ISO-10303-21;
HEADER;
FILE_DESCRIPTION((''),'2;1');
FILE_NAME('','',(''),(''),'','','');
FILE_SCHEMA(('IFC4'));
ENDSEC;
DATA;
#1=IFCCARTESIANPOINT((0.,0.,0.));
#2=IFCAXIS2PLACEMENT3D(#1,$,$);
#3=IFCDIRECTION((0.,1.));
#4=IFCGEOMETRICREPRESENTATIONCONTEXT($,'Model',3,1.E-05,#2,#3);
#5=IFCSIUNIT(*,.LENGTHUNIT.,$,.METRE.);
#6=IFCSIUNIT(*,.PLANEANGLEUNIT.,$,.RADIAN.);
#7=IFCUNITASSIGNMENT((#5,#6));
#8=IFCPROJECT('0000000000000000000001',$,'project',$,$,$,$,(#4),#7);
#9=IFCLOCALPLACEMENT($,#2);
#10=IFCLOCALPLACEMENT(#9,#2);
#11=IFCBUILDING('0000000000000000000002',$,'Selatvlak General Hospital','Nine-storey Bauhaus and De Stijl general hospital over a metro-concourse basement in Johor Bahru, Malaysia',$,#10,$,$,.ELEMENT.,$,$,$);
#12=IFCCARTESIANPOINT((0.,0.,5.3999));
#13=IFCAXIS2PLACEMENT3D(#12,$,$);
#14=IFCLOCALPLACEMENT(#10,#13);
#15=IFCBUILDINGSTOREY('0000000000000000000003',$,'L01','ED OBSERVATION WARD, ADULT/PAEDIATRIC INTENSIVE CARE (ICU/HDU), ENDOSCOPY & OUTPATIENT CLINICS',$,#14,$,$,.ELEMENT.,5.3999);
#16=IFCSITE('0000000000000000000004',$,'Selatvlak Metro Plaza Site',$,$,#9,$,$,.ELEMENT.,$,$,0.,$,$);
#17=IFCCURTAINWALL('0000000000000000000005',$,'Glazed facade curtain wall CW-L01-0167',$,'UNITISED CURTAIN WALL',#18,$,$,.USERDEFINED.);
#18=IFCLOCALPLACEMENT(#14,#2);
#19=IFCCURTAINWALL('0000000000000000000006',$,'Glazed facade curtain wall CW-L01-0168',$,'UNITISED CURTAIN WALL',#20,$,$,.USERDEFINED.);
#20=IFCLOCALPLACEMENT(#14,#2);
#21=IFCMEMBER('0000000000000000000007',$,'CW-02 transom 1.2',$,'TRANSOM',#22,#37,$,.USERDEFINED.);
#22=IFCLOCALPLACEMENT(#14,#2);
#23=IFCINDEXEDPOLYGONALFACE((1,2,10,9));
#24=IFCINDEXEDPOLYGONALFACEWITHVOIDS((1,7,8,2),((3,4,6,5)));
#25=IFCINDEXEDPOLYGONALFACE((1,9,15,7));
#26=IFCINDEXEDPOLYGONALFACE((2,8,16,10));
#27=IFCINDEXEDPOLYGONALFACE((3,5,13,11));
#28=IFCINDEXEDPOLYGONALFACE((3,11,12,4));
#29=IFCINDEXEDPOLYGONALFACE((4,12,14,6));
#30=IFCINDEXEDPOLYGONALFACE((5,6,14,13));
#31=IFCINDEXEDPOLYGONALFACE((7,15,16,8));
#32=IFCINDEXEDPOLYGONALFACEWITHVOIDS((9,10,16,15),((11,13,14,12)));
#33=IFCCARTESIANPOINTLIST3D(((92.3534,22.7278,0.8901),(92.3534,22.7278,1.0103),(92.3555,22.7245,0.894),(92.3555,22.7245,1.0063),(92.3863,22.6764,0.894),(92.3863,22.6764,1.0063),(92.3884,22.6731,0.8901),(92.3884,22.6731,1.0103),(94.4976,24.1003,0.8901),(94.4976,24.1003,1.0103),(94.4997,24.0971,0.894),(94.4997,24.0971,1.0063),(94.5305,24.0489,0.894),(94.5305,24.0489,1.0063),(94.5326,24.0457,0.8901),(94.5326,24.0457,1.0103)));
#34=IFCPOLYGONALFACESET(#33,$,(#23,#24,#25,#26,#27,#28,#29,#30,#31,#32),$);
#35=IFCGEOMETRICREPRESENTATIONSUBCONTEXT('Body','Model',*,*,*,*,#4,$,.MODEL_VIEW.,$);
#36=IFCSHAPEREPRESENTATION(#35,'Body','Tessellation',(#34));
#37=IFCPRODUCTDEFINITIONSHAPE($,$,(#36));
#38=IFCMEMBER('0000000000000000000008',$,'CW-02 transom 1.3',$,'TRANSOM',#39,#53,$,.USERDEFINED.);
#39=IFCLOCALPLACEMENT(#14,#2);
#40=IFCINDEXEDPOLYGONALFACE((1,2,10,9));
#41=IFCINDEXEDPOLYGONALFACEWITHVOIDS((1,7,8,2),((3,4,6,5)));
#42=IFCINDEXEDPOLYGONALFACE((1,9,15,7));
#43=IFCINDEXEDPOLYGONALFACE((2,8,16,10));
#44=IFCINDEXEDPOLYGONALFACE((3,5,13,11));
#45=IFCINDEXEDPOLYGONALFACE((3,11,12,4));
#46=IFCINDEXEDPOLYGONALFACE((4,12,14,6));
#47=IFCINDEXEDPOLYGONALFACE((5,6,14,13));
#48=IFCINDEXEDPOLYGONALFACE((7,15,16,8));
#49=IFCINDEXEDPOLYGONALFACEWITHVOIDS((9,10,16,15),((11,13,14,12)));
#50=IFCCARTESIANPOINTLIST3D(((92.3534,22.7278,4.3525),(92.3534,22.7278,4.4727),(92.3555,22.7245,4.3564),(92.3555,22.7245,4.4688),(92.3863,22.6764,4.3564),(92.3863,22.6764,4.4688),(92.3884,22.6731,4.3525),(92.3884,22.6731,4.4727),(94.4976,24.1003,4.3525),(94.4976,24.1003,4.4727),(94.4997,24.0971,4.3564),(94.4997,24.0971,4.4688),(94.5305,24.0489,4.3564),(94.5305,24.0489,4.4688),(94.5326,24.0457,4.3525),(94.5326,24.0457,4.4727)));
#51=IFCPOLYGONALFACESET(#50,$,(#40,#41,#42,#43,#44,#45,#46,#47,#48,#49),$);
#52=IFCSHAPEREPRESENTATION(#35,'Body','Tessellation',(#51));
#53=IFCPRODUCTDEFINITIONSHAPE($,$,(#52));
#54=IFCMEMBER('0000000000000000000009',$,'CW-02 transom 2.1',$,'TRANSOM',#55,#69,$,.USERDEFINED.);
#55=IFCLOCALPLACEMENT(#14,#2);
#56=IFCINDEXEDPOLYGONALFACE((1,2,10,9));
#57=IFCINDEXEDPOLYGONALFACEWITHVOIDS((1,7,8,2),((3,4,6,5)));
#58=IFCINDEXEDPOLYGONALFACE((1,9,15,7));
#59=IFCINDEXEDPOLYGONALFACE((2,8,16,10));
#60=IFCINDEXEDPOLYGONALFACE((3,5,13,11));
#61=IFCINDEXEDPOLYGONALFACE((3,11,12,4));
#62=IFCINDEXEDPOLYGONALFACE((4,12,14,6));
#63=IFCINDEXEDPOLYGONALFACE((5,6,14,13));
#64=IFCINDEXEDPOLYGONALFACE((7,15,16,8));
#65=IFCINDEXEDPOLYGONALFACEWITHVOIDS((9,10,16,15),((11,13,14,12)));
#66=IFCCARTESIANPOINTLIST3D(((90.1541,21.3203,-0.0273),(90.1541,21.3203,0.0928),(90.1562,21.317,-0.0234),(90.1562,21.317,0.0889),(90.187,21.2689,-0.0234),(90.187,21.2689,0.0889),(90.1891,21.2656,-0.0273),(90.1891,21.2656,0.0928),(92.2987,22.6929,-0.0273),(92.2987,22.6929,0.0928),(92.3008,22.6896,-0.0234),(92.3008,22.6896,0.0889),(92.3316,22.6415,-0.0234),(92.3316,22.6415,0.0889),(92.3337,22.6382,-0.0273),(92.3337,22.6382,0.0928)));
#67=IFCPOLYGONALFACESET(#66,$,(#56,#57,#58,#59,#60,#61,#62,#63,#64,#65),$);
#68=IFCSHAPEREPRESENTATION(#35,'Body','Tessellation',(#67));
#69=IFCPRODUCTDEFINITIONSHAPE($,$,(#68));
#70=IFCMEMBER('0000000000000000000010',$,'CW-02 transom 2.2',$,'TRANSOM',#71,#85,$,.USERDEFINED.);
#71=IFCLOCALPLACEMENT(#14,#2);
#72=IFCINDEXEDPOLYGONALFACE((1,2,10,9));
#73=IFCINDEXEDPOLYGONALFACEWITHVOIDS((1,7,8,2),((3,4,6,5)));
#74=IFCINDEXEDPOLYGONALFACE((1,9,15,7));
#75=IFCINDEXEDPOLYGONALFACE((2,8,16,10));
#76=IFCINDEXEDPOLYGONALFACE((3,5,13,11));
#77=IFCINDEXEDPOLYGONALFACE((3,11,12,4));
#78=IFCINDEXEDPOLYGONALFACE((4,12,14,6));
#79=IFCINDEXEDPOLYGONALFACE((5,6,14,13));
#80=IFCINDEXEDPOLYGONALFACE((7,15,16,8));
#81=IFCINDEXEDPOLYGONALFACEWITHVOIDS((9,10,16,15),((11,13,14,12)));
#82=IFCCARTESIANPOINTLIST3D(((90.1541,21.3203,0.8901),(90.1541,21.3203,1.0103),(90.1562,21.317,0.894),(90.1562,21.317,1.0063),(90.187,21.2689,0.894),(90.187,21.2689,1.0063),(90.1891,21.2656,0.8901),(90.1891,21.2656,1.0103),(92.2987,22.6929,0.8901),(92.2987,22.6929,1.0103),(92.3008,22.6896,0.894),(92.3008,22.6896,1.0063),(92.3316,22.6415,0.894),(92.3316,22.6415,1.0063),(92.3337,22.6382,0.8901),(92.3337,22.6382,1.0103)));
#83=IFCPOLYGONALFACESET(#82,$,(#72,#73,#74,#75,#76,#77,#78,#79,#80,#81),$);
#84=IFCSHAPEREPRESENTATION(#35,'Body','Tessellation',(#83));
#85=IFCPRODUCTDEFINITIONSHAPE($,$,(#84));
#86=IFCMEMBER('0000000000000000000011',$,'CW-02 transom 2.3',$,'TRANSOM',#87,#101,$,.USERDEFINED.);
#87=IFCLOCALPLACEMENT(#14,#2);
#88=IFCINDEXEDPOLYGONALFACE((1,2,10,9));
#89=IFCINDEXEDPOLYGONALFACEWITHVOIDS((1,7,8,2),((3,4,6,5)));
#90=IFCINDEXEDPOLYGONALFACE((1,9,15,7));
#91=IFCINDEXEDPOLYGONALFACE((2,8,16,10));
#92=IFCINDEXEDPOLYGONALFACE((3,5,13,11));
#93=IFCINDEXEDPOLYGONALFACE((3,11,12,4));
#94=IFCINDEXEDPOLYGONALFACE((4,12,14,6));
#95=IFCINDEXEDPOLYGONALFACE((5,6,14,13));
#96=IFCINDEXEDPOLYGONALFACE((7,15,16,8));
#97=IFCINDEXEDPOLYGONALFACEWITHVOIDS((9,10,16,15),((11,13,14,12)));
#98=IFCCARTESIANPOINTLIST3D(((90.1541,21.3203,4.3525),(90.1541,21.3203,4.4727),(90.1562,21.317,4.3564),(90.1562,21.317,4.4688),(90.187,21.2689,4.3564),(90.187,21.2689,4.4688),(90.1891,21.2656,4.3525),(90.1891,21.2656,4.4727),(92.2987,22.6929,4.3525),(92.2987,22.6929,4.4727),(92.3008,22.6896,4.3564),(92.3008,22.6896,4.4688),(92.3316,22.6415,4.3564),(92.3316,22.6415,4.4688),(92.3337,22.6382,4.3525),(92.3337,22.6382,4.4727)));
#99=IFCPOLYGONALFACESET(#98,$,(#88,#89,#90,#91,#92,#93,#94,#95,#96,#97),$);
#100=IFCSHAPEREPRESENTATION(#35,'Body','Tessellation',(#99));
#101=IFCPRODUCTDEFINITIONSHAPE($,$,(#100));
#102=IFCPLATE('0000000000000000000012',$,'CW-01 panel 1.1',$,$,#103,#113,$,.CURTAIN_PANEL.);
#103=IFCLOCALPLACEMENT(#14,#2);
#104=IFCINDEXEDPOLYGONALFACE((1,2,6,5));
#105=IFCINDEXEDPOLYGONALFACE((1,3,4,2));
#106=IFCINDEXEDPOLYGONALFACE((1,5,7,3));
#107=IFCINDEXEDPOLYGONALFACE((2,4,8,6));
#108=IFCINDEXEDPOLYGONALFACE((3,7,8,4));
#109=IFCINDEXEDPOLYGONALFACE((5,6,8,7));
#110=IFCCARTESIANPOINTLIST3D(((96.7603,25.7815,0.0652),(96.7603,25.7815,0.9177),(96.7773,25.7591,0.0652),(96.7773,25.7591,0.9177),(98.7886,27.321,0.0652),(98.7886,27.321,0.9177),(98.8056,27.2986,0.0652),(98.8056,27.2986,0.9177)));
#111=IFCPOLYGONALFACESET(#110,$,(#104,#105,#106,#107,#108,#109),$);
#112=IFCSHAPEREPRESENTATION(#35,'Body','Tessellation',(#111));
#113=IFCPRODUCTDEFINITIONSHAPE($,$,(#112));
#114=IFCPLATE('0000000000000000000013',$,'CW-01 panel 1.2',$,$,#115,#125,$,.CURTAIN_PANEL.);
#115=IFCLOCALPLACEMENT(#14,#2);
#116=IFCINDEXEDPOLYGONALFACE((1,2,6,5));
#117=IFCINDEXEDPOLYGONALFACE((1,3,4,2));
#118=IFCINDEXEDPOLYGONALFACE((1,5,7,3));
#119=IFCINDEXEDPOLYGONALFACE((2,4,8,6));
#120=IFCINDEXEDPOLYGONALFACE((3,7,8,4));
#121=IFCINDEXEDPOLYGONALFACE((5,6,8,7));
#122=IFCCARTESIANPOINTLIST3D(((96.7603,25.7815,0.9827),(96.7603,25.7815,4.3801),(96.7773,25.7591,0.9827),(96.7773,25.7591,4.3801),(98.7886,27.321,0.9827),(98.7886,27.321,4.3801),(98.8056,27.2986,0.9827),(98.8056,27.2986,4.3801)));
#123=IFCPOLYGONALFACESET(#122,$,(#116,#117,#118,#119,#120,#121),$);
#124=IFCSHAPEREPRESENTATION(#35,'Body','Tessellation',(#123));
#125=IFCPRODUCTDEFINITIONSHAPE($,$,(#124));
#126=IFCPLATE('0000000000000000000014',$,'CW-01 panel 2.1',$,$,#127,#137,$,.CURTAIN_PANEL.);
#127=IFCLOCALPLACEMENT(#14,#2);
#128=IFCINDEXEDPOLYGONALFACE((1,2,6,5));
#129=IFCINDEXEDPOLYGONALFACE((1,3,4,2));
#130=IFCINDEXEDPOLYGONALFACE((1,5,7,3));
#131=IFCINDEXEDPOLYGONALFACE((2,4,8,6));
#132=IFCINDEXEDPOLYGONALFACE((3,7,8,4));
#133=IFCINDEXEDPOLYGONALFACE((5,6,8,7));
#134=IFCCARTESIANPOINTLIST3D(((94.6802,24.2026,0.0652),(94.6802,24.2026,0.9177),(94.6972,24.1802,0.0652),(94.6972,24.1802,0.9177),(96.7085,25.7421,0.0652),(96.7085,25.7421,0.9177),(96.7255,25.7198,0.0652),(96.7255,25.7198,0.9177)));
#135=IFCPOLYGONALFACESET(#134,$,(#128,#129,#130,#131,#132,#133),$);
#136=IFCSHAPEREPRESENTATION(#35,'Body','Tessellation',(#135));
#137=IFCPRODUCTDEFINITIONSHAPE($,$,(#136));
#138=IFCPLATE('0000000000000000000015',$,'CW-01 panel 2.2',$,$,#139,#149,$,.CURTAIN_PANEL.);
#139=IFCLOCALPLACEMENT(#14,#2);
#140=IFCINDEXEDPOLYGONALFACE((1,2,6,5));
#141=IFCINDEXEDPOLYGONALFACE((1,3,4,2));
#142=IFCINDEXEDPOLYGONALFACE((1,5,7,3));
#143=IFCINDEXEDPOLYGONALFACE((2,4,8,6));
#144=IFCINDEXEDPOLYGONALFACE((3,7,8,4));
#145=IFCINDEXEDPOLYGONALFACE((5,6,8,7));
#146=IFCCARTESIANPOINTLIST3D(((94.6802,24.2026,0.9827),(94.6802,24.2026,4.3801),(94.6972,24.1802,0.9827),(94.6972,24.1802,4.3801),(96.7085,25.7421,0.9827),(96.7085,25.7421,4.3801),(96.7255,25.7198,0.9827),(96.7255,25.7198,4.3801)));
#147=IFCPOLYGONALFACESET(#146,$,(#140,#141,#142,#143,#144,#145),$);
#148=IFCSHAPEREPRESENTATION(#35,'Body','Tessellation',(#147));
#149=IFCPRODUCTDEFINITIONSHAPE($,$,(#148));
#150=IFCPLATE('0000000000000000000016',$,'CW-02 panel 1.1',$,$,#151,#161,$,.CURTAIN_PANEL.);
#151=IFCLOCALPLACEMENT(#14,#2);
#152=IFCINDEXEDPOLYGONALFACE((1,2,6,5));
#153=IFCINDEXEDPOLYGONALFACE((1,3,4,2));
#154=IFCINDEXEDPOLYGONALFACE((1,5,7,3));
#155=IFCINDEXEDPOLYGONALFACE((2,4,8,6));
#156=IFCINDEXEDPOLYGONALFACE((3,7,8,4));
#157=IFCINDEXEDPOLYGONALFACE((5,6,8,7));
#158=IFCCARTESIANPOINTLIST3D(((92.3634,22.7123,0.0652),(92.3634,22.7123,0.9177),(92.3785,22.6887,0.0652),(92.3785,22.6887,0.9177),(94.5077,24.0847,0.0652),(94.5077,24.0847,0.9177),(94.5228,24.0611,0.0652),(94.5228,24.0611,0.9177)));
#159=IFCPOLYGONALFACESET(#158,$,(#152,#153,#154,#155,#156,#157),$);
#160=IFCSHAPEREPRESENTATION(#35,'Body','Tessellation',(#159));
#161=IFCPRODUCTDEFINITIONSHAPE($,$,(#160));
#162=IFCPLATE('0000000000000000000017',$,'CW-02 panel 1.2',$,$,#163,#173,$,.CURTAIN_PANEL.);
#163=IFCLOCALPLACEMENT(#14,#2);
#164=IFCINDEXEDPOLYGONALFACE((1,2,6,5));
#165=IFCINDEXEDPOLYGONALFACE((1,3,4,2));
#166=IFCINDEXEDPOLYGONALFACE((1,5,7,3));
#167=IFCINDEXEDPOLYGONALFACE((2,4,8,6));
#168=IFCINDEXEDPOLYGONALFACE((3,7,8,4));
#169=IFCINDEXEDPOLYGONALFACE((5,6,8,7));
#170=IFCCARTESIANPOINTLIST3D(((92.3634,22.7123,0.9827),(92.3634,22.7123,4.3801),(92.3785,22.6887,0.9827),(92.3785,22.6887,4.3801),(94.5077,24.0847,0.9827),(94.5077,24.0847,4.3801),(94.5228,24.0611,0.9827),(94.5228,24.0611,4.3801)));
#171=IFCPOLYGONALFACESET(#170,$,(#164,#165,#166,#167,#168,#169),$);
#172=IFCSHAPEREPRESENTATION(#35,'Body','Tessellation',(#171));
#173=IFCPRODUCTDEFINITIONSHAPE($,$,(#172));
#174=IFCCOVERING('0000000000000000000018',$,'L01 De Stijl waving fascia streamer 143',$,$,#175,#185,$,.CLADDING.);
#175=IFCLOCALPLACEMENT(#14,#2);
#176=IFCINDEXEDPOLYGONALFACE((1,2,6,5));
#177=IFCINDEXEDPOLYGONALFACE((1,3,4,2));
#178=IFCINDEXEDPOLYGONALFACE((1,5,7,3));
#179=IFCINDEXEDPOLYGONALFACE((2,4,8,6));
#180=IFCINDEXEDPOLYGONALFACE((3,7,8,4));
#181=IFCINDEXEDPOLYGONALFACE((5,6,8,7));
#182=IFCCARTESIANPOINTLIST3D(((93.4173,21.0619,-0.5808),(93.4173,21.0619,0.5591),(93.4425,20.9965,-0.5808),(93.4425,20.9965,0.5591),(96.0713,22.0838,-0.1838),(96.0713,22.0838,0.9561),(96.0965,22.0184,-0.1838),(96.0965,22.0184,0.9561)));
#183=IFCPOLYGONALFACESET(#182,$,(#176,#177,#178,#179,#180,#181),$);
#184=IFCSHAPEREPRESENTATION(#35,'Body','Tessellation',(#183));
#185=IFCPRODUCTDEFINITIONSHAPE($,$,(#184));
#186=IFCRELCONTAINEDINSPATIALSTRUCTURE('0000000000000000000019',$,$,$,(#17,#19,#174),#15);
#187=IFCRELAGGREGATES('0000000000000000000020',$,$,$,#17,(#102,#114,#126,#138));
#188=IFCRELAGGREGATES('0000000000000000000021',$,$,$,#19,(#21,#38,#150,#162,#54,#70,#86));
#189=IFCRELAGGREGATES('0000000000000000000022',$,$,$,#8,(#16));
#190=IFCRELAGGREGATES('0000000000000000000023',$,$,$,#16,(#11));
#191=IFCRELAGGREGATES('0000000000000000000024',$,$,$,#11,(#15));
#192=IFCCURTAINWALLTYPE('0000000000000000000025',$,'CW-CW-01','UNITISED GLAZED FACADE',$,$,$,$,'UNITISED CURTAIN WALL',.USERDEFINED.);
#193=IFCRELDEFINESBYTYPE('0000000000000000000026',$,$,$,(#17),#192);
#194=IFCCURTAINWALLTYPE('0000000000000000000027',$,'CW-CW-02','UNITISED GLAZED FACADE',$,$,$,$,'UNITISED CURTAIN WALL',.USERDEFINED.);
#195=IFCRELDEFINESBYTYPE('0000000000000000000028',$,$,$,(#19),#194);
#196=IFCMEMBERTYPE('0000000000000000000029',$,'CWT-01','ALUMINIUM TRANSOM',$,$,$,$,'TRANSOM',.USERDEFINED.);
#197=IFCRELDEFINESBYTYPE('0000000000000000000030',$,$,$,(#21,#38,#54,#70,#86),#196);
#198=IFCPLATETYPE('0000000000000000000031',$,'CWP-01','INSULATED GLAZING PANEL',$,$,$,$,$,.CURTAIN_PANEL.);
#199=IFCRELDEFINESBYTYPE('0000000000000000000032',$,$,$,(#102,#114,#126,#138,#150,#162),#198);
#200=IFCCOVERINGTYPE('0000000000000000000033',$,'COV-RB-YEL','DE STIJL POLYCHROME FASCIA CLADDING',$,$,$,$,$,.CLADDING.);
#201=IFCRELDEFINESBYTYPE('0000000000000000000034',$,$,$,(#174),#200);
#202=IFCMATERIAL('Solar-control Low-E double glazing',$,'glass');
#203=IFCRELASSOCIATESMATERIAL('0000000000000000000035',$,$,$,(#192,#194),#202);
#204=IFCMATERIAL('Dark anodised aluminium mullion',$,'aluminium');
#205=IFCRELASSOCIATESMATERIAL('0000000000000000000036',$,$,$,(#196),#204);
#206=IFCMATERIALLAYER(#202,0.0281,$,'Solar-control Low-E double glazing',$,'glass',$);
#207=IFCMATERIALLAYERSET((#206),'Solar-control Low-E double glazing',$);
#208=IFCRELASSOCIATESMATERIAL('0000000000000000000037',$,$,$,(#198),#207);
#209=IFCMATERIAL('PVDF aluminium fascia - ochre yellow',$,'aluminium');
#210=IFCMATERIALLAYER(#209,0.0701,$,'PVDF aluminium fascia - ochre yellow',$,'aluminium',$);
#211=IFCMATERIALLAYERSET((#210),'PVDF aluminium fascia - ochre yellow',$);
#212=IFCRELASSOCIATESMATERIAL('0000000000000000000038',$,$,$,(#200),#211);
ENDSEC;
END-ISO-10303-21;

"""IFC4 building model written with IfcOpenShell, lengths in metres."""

from ifc_helpers import new_model, si_unit, direction, frame, origin, origin_2d, place, context, subcontext, project, spatial, polyline, rectangle, hollow_rectangle, outline, extrude, material, layer, layer_set, material_profile, profile_set, type_object, element, aggregate, save


model = new_model("IFC4")

# Units and contexts
model_context = context("Model", 3, precision=1e-05, world=origin(), true_north=direction((0.0, 1.0)))
body_context = subcontext(model_context, "Body", "Model", "MODEL_VIEW")
ifc_project = project(units=[si_unit("LENGTHUNIT", "METRE"), si_unit("PLANEANGLEUNIT", "RADIAN")], contexts=[model_context])

# Site, building, storey
site_placement = place(None, origin())
site = spatial("IfcSite", under=ifc_project, at=site_placement, Name="Selatvlak Metro Plaza Site", CompositionType="ELEMENT", RefElevation=0.0)
building_placement = place(site_placement, origin())
building = spatial("IfcBuilding", under=site, at=building_placement, Name="Selatvlak General Hospital", Description="Nine-storey Bauhaus and De Stijl general hospital over a metro-concourse basement in Johor Bahru, Malaysia", CompositionType="ELEMENT")
storey_placement = place(building_placement, frame((0.0, 0.0, 5.3999)))
storey = spatial("IfcBuildingStorey", under=building, at=storey_placement, Name="L01", Description="ED OBSERVATION WARD, ADULT/PAEDIATRIC INTENSIVE CARE (ICU/HDU), ENDOSCOPY & OUTPATIENT CLINICS", CompositionType="ELEMENT", Elevation=5.3999)

# Curtain walls
ifc_material_1 = material(Name="Solar-control Low-E double glazing", Category="glass")
curtain_wall_type_1 = type_object("IfcCurtainWallType", Name="CW-CW-01", Description="UNITISED GLAZED FACADE", ElementType="UNITISED CURTAIN WALL", PredefinedType="USERDEFINED", material=ifc_material_1)
curtain_wall_1_placement = place(storey_placement, origin())
curtain_wall_1 = element("IfcCurtainWall", 1, at=curtain_wall_1_placement, inside=storey, type_object=curtain_wall_type_1, Name="Glazed facade curtain wall CW-L01-0167", ObjectType="UNITISED CURTAIN WALL", PredefinedType="USERDEFINED")
ifc_material_2 = material(Name="Dark anodised aluminium mullion", Category="aluminium")
curtain_wall_type_2 = type_object("IfcCurtainWallType", Name="CW-CW-02", Description="UNITISED GLAZED FACADE", ElementType="UNITISED CURTAIN WALL", PredefinedType="USERDEFINED", material=ifc_material_1)
curtain_wall_2_placement = place(storey_placement, origin())
curtain_wall_2 = element("IfcCurtainWall", 2, at=curtain_wall_2_placement, inside=storey, type_object=curtain_wall_type_2, Name="Glazed facade curtain wall CW-L01-0168", ObjectType="UNITISED CURTAIN WALL", PredefinedType="USERDEFINED")

# Members
ifc_material_profile_1 = material_profile(ifc_material_2, hollow_rectangle(XDim=0.0649, YDim=0.1201, WallThickness=0.0039, at=origin_2d()), Name="AL-TRN 65x120x4")
ifc_profile_set_1 = profile_set([ifc_material_profile_1], Name="Dark anodised aluminium mullion")
member_type_1 = type_object("IfcMemberType", Name="CWT-01", Description="ALUMINIUM TRANSOM", ElementType="TRANSOM", PredefinedType="USERDEFINED", material=ifc_profile_set_1)
member_1_placement = place(storey_placement, frame((94.5151, 24.073, 0.9502), z_axis=(-0.842233, -0.539114, 0.0), x_axis=(0.539114, -0.842233, 0.0)))
member_1 = element("IfcMember", 3, at=member_1_placement, type_object=member_type_1, Name="CW-02 transom 1.2", ObjectType="TRANSOM", PredefinedType="USERDEFINED", context=body_context, shape_type="SweptSolid", body=[
    extrude(hollow_rectangle(XDim=0.0649, YDim=0.1201, WallThickness=0.0039, at=origin_2d()), origin(), (0.0, 0.0, 1.0), 2.5459),
])
member_2_placement = place(storey_placement, frame((94.5151, 24.073, 4.4126), z_axis=(-0.842233, -0.539114, 0.0), x_axis=(0.539114, -0.842233, 0.0)))
member_2 = element("IfcMember", 4, at=member_2_placement, type_object=member_type_1, Name="CW-02 transom 1.3", ObjectType="TRANSOM", PredefinedType="USERDEFINED", context=body_context, shape_type="SweptSolid", body=[
    extrude(hollow_rectangle(XDim=0.0649, YDim=0.1201, WallThickness=0.0039, at=origin_2d()), origin(), (0.0, 0.0, 1.0), 2.5459),
])
member_3_placement = place(storey_placement, frame((92.3162, 22.6655, 0.0327), z_axis=(-0.842261, -0.53907, 0.0), x_axis=(0.53907, -0.842261, 0.0)))
member_3 = element("IfcMember", 5, at=member_3_placement, type_object=member_type_1, Name="CW-02 transom 2.1", ObjectType="TRANSOM", PredefinedType="USERDEFINED", context=body_context, shape_type="SweptSolid", body=[
    extrude(hollow_rectangle(XDim=0.0649, YDim=0.1201, WallThickness=0.0039, at=origin_2d()), origin(), (0.0, 0.0, 1.0), 2.5461),
])
member_4_placement = place(storey_placement, frame((92.3162, 22.6655, 0.9502), z_axis=(-0.842261, -0.53907, 0.0), x_axis=(0.53907, -0.842261, 0.0)))
member_4 = element("IfcMember", 6, at=member_4_placement, type_object=member_type_1, Name="CW-02 transom 2.2", ObjectType="TRANSOM", PredefinedType="USERDEFINED", context=body_context, shape_type="SweptSolid", body=[
    extrude(hollow_rectangle(XDim=0.0649, YDim=0.1201, WallThickness=0.0039, at=origin_2d()), origin(), (0.0, 0.0, 1.0), 2.5461),
])
member_5_placement = place(storey_placement, frame((92.3162, 22.6655, 4.4126), z_axis=(-0.842261, -0.53907, 0.0), x_axis=(0.53907, -0.842261, 0.0)))
member_5 = element("IfcMember", 7, at=member_5_placement, type_object=member_type_1, Name="CW-02 transom 2.3", ObjectType="TRANSOM", PredefinedType="USERDEFINED", context=body_context, shape_type="SweptSolid", body=[
    extrude(hollow_rectangle(XDim=0.0649, YDim=0.1201, WallThickness=0.0039, at=origin_2d()), origin(), (0.0, 0.0, 1.0), 2.5461),
])

# Plates
ifc_layer_1 = layer(ifc_material_1, 0.0281, Name="Solar-control Low-E double glazing", Category="glass")
ifc_layer_set_1 = layer_set([ifc_layer_1], Name="Solar-control Low-E double glazing")
plate_type = type_object("IfcPlateType", Name="CWP-01", Description="INSULATED GLAZING PANEL", PredefinedType="CURTAIN_PANEL", material=ifc_layer_set_1)
plate_1_placement = place(storey_placement, frame((97.783, 26.54, 0.0652), z_axis=(0.0, 0.0, 1.0), x_axis=(-0.796537, -0.604589, 0.0)))
plate_1 = element("IfcPlate", 8, at=plate_1_placement, type_object=plate_type, Name="CW-01 panel 1.1", PredefinedType="CURTAIN_PANEL", context=body_context, shape_type="SweptSolid", body=[
    extrude(rectangle(XDim=2.5464, YDim=0.0281, at=origin_2d()), origin(), (0.0, 0.0, 1.0), 0.8525),
])
plate_2_placement = place(storey_placement, frame((97.783, 26.54, 0.9827), z_axis=(0.0, 0.0, 1.0), x_axis=(-0.796537, -0.604589, 0.0)))
plate_2 = element("IfcPlate", 9, at=plate_2_placement, type_object=plate_type, Name="CW-01 panel 1.2", PredefinedType="CURTAIN_PANEL", context=body_context, shape_type="SweptSolid", body=[
    extrude(rectangle(XDim=2.5464, YDim=0.0281, at=origin_2d()), origin(), (0.0, 0.0, 1.0), 3.3975),
])
plate_3_placement = place(storey_placement, frame((95.7029, 24.9612, 0.0652), z_axis=(0.0, 0.0, 1.0), x_axis=(-0.796537, -0.604589, 0.0)))
plate_3 = element("IfcPlate", 10, at=plate_3_placement, type_object=plate_type, Name="CW-01 panel 2.1", PredefinedType="CURTAIN_PANEL", context=body_context, shape_type="SweptSolid", body=[
    extrude(rectangle(XDim=2.5464, YDim=0.0281, at=origin_2d()), origin(), (0.0, 0.0, 1.0), 0.8525),
])
plate_4_placement = place(storey_placement, frame((95.7029, 24.9612, 0.9827), z_axis=(0.0, 0.0, 1.0), x_axis=(-0.796537, -0.604589, 0.0)))
plate_4 = element("IfcPlate", 11, at=plate_4_placement, type_object=plate_type, Name="CW-01 panel 2.2", PredefinedType="CURTAIN_PANEL", context=body_context, shape_type="SweptSolid", body=[
    extrude(rectangle(XDim=2.5464, YDim=0.0281, at=origin_2d()), origin(), (0.0, 0.0, 1.0), 3.3975),
])
aggregate(curtain_wall_1, [plate_1, plate_2, plate_3, plate_4])
plate_5_placement = place(storey_placement, frame((93.4431, 23.3867, 0.0652), z_axis=(0.0, 0.0, 1.0), x_axis=(-0.842265, -0.539064, 0.0)))
plate_5 = element("IfcPlate", 12, at=plate_5_placement, type_object=plate_type, Name="CW-02 panel 1.1", PredefinedType="CURTAIN_PANEL", context=body_context, shape_type="SweptSolid", body=[
    extrude(rectangle(XDim=2.5459, YDim=0.0281, at=origin_2d()), origin(), (0.0, 0.0, 1.0), 0.8525),
])
plate_6_placement = place(storey_placement, frame((93.4431, 23.3867, 0.9827), z_axis=(0.0, 0.0, 1.0), x_axis=(-0.842265, -0.539064, 0.0)))
plate_6 = element("IfcPlate", 13, at=plate_6_placement, type_object=plate_type, Name="CW-02 panel 1.2", PredefinedType="CURTAIN_PANEL", context=body_context, shape_type="SweptSolid", body=[
    extrude(rectangle(XDim=2.5459, YDim=0.0281, at=origin_2d()), origin(), (0.0, 0.0, 1.0), 3.3975),
])
aggregate(curtain_wall_2, [member_1, member_2, plate_5, plate_6, member_3, member_4, member_5])

# Covering
ifc_material_3 = material(Name="PVDF aluminium fascia - ochre yellow", Category="aluminium")
ifc_layer_2 = layer(ifc_material_3, 0.0701, Name="PVDF aluminium fascia - ochre yellow", Category="aluminium")
ifc_layer_set_2 = layer_set([ifc_layer_2], Name="PVDF aluminium fascia - ochre yellow")
covering_type = type_object("IfcCoveringType", Name="COV-RB-YEL", Description="DE STIJL POLYCHROME FASCIA CLADDING", PredefinedType="CLADDING", material=ifc_layer_set_2)
covering_1_placement = place(storey_placement, frame((93.4299, 21.0291, -0.5808), z_axis=(0.0, 0.0, 1.0), x_axis=(0.933206, 0.359341, 0.0)))
element("IfcCovering", 14, at=covering_1_placement, inside=storey, type_object=covering_type, Name="L01 De Stijl waving fascia streamer 143", PredefinedType="CLADDING", context=body_context, shape_type="SweptSolid", body=[
    extrude(outline(polyline([(0.0, 0.0), (2.844, 0.397), (2.844, 1.5369), (0.0, 1.1399), (0.0, 0.0)])), frame((0.0, 0.0352, 0.0), z_axis=(0.0, -1.0, 0.0), x_axis=(1.0, 0.0, 0.0)), (0.0, 0.0, 1.0), 0.0701),
])

save(model, "model.ifc")
